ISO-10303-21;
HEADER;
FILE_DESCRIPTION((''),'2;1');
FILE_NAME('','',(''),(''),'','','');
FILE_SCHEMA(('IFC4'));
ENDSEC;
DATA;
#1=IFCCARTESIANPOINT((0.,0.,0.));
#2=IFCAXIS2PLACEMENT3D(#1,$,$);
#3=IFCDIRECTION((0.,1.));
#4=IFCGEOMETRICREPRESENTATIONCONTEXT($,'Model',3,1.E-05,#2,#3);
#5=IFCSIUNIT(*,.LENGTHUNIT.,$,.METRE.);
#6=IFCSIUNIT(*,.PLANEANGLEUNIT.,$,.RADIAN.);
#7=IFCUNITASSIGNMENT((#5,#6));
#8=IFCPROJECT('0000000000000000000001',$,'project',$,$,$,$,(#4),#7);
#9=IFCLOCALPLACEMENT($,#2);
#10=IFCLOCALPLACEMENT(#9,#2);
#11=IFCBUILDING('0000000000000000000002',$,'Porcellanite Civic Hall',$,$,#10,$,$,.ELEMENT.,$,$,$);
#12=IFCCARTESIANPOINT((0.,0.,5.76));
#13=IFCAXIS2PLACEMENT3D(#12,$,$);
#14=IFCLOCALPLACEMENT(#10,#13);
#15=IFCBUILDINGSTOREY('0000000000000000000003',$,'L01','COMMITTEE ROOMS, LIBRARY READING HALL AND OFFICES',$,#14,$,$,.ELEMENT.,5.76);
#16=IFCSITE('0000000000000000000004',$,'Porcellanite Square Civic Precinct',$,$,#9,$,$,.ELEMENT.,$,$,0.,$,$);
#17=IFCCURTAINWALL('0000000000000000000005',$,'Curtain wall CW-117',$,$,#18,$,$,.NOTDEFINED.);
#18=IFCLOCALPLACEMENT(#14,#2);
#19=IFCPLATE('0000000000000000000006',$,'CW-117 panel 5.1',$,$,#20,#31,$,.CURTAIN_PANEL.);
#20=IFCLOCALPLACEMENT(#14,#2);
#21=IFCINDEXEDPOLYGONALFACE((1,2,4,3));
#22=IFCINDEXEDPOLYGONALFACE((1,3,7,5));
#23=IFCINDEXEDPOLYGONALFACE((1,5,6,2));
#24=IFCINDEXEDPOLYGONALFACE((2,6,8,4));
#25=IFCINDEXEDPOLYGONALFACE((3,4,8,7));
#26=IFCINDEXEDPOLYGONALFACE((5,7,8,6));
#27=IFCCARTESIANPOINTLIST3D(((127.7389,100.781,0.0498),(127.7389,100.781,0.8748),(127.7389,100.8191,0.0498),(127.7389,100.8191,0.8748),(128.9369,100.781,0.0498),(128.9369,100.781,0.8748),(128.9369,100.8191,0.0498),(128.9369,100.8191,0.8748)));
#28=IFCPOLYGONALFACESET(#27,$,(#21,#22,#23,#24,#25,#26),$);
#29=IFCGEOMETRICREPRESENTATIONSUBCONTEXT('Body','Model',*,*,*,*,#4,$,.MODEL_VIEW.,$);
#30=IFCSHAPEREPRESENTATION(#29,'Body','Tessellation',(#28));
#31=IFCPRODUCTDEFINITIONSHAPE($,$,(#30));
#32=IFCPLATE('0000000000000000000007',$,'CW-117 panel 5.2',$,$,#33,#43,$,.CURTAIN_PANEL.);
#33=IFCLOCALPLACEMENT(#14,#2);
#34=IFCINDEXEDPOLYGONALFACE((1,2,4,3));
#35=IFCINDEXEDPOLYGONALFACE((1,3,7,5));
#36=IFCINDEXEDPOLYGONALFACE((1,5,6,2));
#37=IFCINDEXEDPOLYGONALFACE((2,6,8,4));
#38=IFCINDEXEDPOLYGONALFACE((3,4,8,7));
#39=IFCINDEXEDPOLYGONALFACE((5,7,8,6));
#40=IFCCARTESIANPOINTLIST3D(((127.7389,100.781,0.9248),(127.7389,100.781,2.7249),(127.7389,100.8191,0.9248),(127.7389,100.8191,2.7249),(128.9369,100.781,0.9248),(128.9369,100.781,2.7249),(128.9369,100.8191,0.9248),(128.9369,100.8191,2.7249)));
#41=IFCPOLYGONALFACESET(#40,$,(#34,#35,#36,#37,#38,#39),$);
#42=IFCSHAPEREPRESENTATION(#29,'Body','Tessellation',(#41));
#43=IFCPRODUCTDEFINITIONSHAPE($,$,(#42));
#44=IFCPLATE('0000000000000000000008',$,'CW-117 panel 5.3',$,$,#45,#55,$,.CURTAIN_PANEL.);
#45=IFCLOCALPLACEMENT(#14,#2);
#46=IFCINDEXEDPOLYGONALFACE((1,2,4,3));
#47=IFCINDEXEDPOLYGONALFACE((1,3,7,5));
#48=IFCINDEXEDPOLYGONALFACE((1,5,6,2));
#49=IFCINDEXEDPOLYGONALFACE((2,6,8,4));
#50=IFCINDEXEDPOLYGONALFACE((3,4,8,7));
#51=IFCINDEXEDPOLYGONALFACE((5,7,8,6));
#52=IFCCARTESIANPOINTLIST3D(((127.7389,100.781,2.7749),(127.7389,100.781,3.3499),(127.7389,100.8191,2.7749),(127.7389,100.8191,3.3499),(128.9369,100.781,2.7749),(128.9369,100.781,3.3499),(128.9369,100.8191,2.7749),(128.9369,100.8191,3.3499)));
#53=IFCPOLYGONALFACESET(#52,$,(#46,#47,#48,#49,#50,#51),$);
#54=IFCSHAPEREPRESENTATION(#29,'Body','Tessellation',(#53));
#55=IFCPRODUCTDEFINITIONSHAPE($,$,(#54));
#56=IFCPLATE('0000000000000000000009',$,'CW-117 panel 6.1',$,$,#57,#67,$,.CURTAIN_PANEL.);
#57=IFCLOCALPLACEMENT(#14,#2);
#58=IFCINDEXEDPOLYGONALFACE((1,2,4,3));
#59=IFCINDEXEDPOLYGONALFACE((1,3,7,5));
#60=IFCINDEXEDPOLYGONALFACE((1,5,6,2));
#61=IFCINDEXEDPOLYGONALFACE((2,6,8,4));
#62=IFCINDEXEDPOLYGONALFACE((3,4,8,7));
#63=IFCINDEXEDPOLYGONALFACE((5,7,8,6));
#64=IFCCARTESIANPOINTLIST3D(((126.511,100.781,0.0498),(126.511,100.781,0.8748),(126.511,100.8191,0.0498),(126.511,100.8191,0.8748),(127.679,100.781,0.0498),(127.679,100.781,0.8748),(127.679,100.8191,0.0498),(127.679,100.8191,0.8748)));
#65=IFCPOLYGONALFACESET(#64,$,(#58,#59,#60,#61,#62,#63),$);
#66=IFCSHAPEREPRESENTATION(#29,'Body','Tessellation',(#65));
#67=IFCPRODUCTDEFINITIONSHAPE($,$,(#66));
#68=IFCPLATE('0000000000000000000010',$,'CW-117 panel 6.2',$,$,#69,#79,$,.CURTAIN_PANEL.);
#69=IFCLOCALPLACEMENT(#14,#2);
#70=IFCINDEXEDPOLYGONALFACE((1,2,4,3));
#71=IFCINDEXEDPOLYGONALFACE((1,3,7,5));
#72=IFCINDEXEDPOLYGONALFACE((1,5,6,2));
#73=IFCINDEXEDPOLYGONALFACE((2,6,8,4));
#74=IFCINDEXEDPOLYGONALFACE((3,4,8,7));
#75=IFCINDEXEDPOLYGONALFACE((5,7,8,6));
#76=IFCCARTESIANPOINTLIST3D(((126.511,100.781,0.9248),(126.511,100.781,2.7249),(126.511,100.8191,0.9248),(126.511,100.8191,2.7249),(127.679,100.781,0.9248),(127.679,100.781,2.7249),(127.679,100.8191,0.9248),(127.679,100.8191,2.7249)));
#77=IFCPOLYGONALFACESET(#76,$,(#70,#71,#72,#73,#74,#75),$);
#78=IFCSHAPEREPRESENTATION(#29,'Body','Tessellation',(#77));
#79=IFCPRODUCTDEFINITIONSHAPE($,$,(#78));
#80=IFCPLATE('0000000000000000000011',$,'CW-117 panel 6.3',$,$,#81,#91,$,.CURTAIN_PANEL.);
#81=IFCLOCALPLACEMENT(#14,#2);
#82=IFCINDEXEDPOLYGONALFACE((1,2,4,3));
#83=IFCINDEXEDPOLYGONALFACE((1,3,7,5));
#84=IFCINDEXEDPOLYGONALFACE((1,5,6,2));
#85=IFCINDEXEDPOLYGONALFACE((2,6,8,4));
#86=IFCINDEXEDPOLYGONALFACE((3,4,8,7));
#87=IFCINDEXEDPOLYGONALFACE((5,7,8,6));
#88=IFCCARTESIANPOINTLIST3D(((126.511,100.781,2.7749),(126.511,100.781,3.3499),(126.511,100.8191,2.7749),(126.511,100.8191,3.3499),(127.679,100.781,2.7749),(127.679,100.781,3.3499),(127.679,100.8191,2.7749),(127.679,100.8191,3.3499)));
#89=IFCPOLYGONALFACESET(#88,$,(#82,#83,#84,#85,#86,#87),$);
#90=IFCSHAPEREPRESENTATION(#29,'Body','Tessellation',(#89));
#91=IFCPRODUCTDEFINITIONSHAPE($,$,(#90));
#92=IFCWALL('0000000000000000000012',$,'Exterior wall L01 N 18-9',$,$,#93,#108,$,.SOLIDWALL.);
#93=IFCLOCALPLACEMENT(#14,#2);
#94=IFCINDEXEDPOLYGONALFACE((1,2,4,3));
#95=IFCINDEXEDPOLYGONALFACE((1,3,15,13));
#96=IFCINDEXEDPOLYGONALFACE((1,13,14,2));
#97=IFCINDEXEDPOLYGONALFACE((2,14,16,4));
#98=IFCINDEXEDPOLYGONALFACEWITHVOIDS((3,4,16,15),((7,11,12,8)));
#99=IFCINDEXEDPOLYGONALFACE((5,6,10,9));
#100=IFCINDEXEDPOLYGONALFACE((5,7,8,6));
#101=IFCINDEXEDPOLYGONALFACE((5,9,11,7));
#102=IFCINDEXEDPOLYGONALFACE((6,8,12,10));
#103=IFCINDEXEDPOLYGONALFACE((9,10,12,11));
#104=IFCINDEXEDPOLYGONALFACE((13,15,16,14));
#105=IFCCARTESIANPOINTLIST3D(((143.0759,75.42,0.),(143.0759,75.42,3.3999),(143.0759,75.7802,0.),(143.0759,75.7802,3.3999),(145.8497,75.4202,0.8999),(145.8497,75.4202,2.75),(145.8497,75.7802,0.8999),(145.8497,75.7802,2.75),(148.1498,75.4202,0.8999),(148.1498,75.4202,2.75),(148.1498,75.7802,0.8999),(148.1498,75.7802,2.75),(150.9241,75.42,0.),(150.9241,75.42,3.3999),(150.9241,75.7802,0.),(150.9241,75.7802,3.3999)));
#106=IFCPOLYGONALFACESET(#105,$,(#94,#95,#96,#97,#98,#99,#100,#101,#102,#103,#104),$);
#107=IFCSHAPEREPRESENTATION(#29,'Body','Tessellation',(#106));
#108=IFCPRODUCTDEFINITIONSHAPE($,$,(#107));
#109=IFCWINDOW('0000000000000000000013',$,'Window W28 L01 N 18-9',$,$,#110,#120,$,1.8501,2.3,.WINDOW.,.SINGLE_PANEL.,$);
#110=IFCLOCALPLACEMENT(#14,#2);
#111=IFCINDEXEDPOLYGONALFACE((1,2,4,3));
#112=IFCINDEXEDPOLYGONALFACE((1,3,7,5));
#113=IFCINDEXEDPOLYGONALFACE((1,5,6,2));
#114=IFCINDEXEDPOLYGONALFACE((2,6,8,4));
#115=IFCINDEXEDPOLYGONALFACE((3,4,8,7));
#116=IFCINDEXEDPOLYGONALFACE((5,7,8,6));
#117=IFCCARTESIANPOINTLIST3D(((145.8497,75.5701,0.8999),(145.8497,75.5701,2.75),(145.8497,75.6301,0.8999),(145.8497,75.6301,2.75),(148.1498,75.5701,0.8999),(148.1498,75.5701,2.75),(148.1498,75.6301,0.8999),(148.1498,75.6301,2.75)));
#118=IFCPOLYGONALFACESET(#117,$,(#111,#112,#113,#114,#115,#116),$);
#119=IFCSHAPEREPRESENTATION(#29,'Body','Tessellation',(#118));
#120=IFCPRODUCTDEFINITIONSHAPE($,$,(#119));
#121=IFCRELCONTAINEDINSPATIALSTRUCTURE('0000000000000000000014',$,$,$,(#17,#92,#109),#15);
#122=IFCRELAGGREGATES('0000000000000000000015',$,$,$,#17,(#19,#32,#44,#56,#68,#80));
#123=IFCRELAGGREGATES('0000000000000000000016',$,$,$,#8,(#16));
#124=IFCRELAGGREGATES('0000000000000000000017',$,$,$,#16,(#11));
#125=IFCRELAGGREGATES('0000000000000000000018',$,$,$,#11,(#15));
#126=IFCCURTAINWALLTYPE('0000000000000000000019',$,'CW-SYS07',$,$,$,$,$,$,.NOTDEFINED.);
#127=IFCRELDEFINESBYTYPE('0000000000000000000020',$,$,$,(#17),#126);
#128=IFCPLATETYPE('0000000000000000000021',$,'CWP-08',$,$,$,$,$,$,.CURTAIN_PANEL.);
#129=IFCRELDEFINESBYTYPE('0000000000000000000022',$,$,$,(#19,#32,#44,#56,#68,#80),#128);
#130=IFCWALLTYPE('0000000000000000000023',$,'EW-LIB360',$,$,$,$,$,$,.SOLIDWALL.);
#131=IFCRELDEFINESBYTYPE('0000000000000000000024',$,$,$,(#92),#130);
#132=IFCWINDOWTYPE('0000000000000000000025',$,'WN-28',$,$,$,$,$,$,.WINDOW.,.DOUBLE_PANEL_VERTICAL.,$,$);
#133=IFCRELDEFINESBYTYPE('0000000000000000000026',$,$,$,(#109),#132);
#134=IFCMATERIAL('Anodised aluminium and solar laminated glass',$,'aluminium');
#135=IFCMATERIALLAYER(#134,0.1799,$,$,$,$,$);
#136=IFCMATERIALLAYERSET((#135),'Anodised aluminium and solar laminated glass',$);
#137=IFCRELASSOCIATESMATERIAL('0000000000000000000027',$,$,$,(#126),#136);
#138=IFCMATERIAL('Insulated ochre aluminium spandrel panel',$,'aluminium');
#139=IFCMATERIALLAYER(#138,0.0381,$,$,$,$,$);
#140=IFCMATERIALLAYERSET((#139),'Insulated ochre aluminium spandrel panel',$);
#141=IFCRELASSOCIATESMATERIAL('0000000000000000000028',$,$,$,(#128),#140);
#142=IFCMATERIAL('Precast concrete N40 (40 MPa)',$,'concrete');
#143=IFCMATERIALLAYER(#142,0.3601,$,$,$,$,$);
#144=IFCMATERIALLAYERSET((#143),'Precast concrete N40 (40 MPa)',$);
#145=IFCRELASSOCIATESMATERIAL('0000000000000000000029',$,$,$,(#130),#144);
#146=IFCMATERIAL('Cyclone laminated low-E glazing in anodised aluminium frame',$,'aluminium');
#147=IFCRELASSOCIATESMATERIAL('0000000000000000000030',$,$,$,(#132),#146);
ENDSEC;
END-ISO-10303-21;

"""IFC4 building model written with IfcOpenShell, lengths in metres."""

from ifc_helpers import new_model, si_unit, direction, frame, frame_2d, origin, origin_2d, place, context, subcontext, project, spatial, rectangle, extrude, material, layer, layer_set, type_object, element, fill, aggregate, save


model = new_model("IFC4")

# Units and contexts
model_context = context("Model", 3, precision=1e-05, world=origin(), true_north=direction((0.0, 1.0)))
body_context = subcontext(model_context, "Body", "Model", "MODEL_VIEW")
ifc_project = project(units=[si_unit("LENGTHUNIT", "METRE"), si_unit("PLANEANGLEUNIT", "RADIAN")], contexts=[model_context])

# Site, building, storey
site_placement = place(None, origin())
site = spatial("IfcSite", under=ifc_project, at=site_placement, Name="Porcellanite Square Civic Precinct", CompositionType="ELEMENT", RefElevation=0.0)
building_placement = place(site_placement, origin())
building = spatial("IfcBuilding", under=site, at=building_placement, Name="Porcellanite Civic Hall", CompositionType="ELEMENT")
storey_placement = place(building_placement, frame((0.0, 0.0, 5.76)))
storey = spatial("IfcBuildingStorey", under=building, at=storey_placement, Name="L01", Description="COMMITTEE ROOMS, LIBRARY READING HALL AND OFFICES", CompositionType="ELEMENT", Elevation=5.76)

# Curtain wall
ifc_material_1 = material(Name="Anodised aluminium and solar laminated glass", Category="aluminium")
ifc_layer_1 = layer(ifc_material_1, 0.1799)
ifc_layer_set_1 = layer_set([ifc_layer_1], Name="Anodised aluminium and solar laminated glass")
curtain_wall_type = type_object("IfcCurtainWallType", Name="CW-SYS07", PredefinedType="NOTDEFINED", material=ifc_layer_set_1)
curtain_wall_placement = place(storey_placement, origin())
curtain_wall = element("IfcCurtainWall", 1, at=curtain_wall_placement, inside=storey, type_object=curtain_wall_type, Name="Curtain wall CW-117", PredefinedType="NOTDEFINED")

# Plates
ifc_material_2 = material(Name="Insulated ochre aluminium spandrel panel", Category="aluminium")
ifc_layer_2 = layer(ifc_material_2, 0.0381)
ifc_layer_set_2 = layer_set([ifc_layer_2], Name="Insulated ochre aluminium spandrel panel")
plate_type = type_object("IfcPlateType", Name="CWP-08", PredefinedType="CURTAIN_PANEL", material=ifc_layer_set_2)
plate_1_placement = place(storey_placement, frame((128.3379, 100.8, 0.0498), z_axis=(0.0, 0.0, 1.0), x_axis=(-1.0, 0.0, 0.0)))
plate_1 = element("IfcPlate", 2, at=plate_1_placement, type_object=plate_type, Name="CW-117 panel 5.1", PredefinedType="CURTAIN_PANEL", context=body_context, shape_type="SweptSolid", body=[
    extrude(rectangle(XDim=1.198, YDim=0.0381, at=origin_2d()), origin(), (0.0, 0.0, 1.0), 0.825),
])
plate_2_placement = place(storey_placement, frame((128.3379, 100.8, 0.9248), z_axis=(0.0, 0.0, 1.0), x_axis=(-1.0, 0.0, 0.0)))
plate_2 = element("IfcPlate", 3, at=plate_2_placement, type_object=plate_type, Name="CW-117 panel 5.2", PredefinedType="CURTAIN_PANEL", context=body_context, shape_type="SweptSolid", body=[
    extrude(rectangle(XDim=1.198, YDim=0.0381, at=origin_2d()), origin(), (0.0, 0.0, 1.0), 1.8),
])
plate_3_placement = place(storey_placement, frame((128.3379, 100.8, 2.7749), z_axis=(0.0, 0.0, 1.0), x_axis=(-1.0, 0.0, 0.0)))
plate_3 = element("IfcPlate", 4, at=plate_3_placement, type_object=plate_type, Name="CW-117 panel 5.3", PredefinedType="CURTAIN_PANEL", context=body_context, shape_type="SweptSolid", body=[
    extrude(rectangle(XDim=1.198, YDim=0.0381, at=origin_2d()), origin(), (0.0, 0.0, 1.0), 0.575),
])
plate_4_placement = place(storey_placement, frame((127.095, 100.8, 0.0498), z_axis=(0.0, 0.0, 1.0), x_axis=(-1.0, 0.0, 0.0)))
plate_4 = element("IfcPlate", 5, at=plate_4_placement, type_object=plate_type, Name="CW-117 panel 6.1", PredefinedType="CURTAIN_PANEL", context=body_context, shape_type="SweptSolid", body=[
    extrude(rectangle(XDim=1.168, YDim=0.0381, at=origin_2d()), origin(), (0.0, 0.0, 1.0), 0.825),
])
plate_5_placement = place(storey_placement, frame((127.095, 100.8, 0.9248), z_axis=(0.0, 0.0, 1.0), x_axis=(-1.0, 0.0, 0.0)))
plate_5 = element("IfcPlate", 6, at=plate_5_placement, type_object=plate_type, Name="CW-117 panel 6.2", PredefinedType="CURTAIN_PANEL", context=body_context, shape_type="SweptSolid", body=[
    extrude(rectangle(XDim=1.168, YDim=0.0381, at=origin_2d()), origin(), (0.0, 0.0, 1.0), 1.8),
])
plate_6_placement = place(storey_placement, frame((127.095, 100.8, 2.7749), z_axis=(0.0, 0.0, 1.0), x_axis=(-1.0, 0.0, 0.0)))
plate_6 = element("IfcPlate", 7, at=plate_6_placement, type_object=plate_type, Name="CW-117 panel 6.3", PredefinedType="CURTAIN_PANEL", context=body_context, shape_type="SweptSolid", body=[
    extrude(rectangle(XDim=1.168, YDim=0.0381, at=origin_2d()), origin(), (0.0, 0.0, 1.0), 0.575),
])
aggregate(curtain_wall, [plate_1, plate_2, plate_3, plate_4, plate_5, plate_6])

# Wall, opening, window
ifc_material_3 = material(Name="Precast concrete N40 (40 MPa)", Category="concrete")
ifc_layer_3 = layer(ifc_material_3, 0.3601)
ifc_layer_set_3 = layer_set([ifc_layer_3], Name="Precast concrete N40 (40 MPa)")
wall_type = type_object("IfcWallType", Name="EW-LIB360", PredefinedType="SOLIDWALL", material=ifc_layer_set_3)
wall_placement = place(storey_placement, frame((143.0759, 75.6001, 0.0), z_axis=(0.0, 0.0, 1.0), x_axis=(1.0, 0.0, 0.0)))
wall = element("IfcWall", 8, at=wall_placement, inside=storey, type_object=wall_type, Name="Exterior wall L01 N 18-9", PredefinedType="SOLIDWALL", context=body_context, shape_type="SweptSolid", body=[
    extrude(rectangle(XDim=7.8481, YDim=0.3601, at=frame_2d((3.9241, 0.0))), origin(), (0.0, 0.0, 1.0), 3.3999),
])
opening_placement = place(wall_placement, frame((2.7739, 0.0, 0.8999)))
opening = element("IfcOpeningElement", 9, at=opening_placement, cuts=wall, PredefinedType="OPENING", context=body_context, shape_type="SweptSolid", body=[
    extrude(rectangle(XDim=2.3, YDim=1.8501, at=frame_2d((1.1499, 0.925))), frame((0.0, 0.1802, 0.0), z_axis=(0.0, -1.0, 0.0), x_axis=(1.0, 0.0, 0.0)), (0.0, 0.0, 1.0), 0.3601),
])
ifc_material_4 = material(Name="Cyclone laminated low-E glazing in anodised aluminium frame", Category="aluminium")
window_type = type_object("IfcWindowType", Name="WN-28", PartitioningType="DOUBLE_PANEL_VERTICAL", PredefinedType="WINDOW", material=ifc_material_4)
window_placement = place(opening_placement, origin())
window = element("IfcWindow", 10, at=window_placement, inside=storey, type_object=window_type, Name="Window W28 L01 N 18-9", OverallHeight=1.8501, OverallWidth=2.3, PartitioningType="SINGLE_PANEL", PredefinedType="WINDOW", context=body_context, shape_type="SweptSolid", body=[
    extrude(rectangle(XDim=2.3, YDim=1.8501, at=frame_2d((1.1499, 0.925))), frame((0.0, 0.03, 0.0), z_axis=(0.0, -1.0, 0.0), x_axis=(1.0, 0.0, 0.0)), (0.0, 0.0, 1.0), 0.0601),
])
fill(opening, window)

save(model, "model.ifc")
